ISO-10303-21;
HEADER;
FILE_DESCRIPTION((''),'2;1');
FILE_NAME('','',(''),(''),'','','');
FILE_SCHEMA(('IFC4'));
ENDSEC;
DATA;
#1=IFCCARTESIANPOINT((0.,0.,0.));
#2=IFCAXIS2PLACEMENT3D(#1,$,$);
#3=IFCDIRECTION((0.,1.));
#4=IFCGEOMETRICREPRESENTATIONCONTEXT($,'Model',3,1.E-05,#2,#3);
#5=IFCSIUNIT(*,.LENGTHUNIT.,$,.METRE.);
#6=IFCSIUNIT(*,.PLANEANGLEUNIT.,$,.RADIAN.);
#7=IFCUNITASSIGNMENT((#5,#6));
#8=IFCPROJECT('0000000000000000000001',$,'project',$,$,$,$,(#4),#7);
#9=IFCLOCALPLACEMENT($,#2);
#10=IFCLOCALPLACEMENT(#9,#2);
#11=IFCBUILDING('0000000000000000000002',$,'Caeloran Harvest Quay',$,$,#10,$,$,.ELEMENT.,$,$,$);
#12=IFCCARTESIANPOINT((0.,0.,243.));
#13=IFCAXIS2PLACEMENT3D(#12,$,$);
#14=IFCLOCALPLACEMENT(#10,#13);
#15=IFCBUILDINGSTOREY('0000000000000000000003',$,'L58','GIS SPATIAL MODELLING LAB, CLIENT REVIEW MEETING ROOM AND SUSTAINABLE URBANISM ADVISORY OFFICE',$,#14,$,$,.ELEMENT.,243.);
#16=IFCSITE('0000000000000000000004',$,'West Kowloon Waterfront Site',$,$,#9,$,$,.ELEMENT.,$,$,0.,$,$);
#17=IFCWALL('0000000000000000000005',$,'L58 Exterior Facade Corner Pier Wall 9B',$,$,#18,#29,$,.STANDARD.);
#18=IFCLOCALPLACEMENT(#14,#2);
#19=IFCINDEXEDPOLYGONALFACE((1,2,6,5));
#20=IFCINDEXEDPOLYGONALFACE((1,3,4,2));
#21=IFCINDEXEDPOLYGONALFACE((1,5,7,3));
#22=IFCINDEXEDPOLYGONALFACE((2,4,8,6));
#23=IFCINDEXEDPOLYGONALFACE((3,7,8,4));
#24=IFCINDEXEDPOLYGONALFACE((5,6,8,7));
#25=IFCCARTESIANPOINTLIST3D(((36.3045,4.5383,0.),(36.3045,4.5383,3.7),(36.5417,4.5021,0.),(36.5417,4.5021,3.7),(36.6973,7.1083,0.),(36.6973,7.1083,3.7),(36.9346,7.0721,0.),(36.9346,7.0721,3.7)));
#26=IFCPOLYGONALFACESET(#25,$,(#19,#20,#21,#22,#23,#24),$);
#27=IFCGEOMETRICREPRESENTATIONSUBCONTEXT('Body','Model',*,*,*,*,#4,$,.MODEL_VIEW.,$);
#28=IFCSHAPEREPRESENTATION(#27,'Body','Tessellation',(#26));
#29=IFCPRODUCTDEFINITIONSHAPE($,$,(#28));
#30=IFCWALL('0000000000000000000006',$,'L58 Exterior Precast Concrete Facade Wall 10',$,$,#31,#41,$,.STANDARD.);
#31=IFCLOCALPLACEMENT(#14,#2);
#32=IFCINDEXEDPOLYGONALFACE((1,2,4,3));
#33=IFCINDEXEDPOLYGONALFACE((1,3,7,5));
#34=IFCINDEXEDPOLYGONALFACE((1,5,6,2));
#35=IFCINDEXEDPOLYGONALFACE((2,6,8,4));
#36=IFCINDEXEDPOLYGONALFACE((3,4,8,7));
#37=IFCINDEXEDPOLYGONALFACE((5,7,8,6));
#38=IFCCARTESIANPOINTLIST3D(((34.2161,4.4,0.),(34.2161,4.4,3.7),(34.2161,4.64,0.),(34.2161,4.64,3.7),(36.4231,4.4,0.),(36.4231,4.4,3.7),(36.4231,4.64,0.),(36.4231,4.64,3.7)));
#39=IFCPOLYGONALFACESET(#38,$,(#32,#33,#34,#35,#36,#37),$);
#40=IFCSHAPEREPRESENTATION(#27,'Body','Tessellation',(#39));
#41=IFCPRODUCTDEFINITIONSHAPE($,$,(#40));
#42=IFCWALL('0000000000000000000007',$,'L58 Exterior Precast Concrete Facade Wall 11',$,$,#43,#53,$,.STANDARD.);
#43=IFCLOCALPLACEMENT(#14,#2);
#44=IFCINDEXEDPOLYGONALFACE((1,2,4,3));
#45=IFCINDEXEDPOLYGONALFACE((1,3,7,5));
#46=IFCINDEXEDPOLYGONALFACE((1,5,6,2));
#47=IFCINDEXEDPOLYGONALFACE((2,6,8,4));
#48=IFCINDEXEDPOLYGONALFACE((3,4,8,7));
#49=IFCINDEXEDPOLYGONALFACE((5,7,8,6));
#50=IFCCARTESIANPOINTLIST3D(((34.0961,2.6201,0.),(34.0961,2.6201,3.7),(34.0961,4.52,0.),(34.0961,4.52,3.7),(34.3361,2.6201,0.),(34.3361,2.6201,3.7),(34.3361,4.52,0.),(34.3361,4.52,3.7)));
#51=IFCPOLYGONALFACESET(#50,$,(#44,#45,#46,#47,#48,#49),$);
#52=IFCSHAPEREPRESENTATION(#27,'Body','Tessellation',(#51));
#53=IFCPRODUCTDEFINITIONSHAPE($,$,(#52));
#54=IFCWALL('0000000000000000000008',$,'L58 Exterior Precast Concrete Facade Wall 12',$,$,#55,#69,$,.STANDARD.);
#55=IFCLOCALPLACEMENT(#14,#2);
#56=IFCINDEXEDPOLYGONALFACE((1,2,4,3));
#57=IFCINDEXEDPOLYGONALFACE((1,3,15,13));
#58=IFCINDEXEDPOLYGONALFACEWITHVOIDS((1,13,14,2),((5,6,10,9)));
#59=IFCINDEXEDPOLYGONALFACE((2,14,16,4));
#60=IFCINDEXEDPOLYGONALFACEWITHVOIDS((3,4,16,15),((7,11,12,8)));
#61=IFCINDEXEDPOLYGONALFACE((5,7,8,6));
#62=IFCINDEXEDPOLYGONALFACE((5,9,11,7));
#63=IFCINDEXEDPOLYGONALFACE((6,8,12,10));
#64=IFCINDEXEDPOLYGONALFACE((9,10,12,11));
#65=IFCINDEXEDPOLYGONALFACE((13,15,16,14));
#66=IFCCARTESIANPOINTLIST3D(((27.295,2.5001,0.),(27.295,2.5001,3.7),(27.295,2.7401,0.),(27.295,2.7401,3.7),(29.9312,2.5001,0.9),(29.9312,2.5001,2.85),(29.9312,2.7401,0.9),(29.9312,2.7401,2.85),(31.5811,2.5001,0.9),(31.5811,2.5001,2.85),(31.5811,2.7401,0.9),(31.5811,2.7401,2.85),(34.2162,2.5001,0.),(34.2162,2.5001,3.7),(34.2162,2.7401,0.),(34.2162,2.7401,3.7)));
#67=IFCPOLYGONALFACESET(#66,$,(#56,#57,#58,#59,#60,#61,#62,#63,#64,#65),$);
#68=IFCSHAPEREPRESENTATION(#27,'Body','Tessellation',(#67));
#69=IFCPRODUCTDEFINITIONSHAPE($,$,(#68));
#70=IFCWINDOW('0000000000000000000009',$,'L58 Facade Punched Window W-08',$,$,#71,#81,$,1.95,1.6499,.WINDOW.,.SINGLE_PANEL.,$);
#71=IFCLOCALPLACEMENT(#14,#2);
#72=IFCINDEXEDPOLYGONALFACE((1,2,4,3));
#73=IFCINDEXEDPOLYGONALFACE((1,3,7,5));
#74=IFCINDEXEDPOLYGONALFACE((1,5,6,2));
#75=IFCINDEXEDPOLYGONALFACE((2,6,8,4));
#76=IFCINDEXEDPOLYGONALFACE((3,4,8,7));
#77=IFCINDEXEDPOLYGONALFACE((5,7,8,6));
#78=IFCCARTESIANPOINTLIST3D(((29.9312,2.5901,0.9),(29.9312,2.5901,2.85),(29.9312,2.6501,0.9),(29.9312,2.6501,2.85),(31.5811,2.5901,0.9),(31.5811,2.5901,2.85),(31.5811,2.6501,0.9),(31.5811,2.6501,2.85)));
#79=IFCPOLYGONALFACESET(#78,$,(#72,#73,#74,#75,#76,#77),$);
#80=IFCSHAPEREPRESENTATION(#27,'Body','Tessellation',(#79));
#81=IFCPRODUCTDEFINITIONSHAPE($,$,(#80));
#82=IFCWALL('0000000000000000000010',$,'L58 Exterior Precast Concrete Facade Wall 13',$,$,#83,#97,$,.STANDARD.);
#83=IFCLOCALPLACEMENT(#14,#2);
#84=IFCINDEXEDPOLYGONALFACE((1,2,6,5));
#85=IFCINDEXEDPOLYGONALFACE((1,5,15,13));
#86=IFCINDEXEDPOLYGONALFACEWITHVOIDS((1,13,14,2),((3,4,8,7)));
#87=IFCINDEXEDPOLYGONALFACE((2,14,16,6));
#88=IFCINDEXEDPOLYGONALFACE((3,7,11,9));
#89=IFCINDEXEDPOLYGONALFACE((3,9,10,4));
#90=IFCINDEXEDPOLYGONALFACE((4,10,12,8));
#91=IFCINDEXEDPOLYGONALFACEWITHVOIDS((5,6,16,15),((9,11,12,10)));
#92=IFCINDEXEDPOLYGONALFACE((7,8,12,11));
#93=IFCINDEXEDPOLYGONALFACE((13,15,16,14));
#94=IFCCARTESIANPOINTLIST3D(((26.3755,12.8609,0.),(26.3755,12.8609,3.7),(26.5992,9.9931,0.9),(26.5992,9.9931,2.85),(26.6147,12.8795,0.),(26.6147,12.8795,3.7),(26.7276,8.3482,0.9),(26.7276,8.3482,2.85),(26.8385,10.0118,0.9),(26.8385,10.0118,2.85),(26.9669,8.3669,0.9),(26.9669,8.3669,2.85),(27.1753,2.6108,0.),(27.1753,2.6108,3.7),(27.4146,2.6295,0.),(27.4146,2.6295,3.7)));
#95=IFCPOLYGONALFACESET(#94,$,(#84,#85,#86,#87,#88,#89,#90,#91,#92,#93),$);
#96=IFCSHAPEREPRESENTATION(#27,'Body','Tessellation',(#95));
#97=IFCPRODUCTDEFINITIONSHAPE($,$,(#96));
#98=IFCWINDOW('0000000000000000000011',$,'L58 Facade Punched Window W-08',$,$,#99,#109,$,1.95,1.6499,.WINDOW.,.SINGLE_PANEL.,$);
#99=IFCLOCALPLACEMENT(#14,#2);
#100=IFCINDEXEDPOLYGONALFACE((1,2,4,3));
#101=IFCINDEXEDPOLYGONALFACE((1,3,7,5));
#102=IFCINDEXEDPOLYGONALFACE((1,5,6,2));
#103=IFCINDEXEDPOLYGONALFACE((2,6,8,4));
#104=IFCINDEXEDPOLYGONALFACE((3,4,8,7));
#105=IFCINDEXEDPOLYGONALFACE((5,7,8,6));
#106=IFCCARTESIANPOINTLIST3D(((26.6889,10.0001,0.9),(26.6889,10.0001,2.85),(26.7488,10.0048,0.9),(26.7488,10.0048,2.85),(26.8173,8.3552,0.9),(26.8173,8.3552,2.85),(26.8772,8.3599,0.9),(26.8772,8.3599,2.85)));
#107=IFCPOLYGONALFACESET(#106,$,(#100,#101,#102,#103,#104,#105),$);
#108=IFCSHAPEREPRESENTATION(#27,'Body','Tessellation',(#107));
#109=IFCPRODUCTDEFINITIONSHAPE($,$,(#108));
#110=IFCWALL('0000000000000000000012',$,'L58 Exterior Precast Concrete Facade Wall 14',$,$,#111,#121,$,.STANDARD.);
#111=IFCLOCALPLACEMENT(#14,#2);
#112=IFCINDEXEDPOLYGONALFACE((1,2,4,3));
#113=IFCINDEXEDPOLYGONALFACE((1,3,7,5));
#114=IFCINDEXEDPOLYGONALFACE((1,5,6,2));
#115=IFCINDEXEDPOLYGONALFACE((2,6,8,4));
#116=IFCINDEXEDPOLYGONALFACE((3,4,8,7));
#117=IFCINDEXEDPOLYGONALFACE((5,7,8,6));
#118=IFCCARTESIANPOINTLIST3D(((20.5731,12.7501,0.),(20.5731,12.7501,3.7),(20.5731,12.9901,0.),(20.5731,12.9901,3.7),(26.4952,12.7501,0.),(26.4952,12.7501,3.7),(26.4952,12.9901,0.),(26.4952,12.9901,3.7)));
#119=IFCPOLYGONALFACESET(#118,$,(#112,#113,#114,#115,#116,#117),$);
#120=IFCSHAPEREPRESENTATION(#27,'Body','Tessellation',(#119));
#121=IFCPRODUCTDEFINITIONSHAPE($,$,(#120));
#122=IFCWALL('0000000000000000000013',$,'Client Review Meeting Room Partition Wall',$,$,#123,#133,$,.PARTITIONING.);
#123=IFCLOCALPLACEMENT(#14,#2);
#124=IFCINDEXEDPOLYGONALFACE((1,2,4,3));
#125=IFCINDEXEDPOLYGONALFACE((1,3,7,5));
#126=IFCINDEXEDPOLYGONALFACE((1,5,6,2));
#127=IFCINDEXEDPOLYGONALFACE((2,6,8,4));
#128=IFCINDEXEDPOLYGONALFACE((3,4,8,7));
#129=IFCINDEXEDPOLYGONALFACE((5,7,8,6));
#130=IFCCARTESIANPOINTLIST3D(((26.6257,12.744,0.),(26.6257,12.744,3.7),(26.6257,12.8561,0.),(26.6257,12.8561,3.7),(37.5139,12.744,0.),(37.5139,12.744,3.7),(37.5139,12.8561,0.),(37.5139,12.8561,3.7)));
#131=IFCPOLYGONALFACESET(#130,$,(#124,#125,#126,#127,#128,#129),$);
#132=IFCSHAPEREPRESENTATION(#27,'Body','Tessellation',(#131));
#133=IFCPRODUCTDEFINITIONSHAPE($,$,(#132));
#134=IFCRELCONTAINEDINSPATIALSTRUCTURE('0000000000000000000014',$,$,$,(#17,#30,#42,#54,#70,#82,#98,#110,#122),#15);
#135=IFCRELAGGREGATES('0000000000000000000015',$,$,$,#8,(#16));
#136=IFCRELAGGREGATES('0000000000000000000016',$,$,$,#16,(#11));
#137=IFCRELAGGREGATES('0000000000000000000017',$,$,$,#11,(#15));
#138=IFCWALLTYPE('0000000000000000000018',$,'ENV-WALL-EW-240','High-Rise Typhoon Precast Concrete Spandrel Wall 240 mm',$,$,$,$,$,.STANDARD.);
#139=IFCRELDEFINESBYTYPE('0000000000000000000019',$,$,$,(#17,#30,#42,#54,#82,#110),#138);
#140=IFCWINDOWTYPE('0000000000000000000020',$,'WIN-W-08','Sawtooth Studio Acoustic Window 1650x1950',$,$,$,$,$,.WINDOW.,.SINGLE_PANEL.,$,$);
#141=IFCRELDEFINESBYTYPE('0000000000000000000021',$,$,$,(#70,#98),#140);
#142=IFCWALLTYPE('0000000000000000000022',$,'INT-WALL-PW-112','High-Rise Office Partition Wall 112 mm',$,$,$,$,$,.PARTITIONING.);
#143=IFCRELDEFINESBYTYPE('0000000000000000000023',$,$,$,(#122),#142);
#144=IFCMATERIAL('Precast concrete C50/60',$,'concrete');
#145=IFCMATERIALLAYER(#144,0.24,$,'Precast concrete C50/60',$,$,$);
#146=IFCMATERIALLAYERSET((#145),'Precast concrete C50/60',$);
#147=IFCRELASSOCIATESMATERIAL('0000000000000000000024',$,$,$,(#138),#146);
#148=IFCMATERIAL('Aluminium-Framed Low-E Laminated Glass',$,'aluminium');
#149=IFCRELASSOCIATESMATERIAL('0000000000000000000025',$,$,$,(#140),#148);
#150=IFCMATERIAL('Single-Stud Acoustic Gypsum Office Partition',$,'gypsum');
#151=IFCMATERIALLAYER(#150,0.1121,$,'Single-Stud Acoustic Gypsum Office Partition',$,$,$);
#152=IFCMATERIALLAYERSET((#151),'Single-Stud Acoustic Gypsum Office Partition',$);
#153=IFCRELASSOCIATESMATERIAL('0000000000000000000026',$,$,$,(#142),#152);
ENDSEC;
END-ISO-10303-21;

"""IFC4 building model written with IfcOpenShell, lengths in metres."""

from ifc_helpers import new_model, si_unit, direction, frame, frame_2d, origin, place, context, subcontext, project, spatial, rectangle, extrude, material, layer, layer_set, type_object, element, fill, save


model = new_model("IFC4")

# Units and contexts
model_context = context("Model", 3, precision=1e-05, world=origin(), true_north=direction((0.0, 1.0)))
body_context = subcontext(model_context, "Body", "Model", "MODEL_VIEW")
ifc_project = project(units=[si_unit("LENGTHUNIT", "METRE"), si_unit("PLANEANGLEUNIT", "RADIAN")], contexts=[model_context])

# Site, building, storey
site_placement = place(None, origin())
site = spatial("IfcSite", under=ifc_project, at=site_placement, Name="West Kowloon Waterfront Site", CompositionType="ELEMENT", RefElevation=0.0)
building_placement = place(site_placement, origin())
building = spatial("IfcBuilding", under=site, at=building_placement, Name="Caeloran Harvest Quay", CompositionType="ELEMENT")
storey_placement = place(building_placement, frame((0.0, 0.0, 243.0)))
storey = spatial("IfcBuildingStorey", under=building, at=storey_placement, Name="L58", Description="GIS SPATIAL MODELLING LAB, CLIENT REVIEW MEETING ROOM AND SUSTAINABLE URBANISM ADVISORY OFFICE", CompositionType="ELEMENT", Elevation=243.0)

# Walls
ifc_material_1 = material(Name="Precast concrete C50/60", Category="concrete")
ifc_layer_1 = layer(ifc_material_1, 0.24, Name="Precast concrete C50/60")
ifc_layer_set_1 = layer_set([ifc_layer_1], Name="Precast concrete C50/60")
wall_type_1 = type_object("IfcWallType", Name="ENV-WALL-EW-240", Description="High-Rise Typhoon Precast Concrete Spandrel Wall 240 mm", PredefinedType="STANDARD", material=ifc_layer_set_1)
wall_1_placement = place(storey_placement, frame((36.8159, 7.0901, 0.0), z_axis=(0.0, 0.0, 1.0), x_axis=(-0.15109, -0.98852, 0.0)))
element("IfcWall", 1, at=wall_1_placement, inside=storey, type_object=wall_type_1, Name="L58 Exterior Facade Corner Pier Wall 9B", PredefinedType="STANDARD", context=body_context, shape_type="SweptSolid", body=[
    extrude(rectangle(XDim=2.5999, YDim=0.24, at=frame_2d((1.2998, 0.0))), origin(), (0.0, 0.0, 1.0), 3.7),
])
wall_2_placement = place(storey_placement, frame((36.4231, 4.52, 0.0), z_axis=(0.0, 0.0, 1.0), x_axis=(-1.0, 0.0, 0.0)))
element("IfcWall", 2, at=wall_2_placement, inside=storey, type_object=wall_type_1, Name="L58 Exterior Precast Concrete Facade Wall 10", PredefinedType="STANDARD", context=body_context, shape_type="SweptSolid", body=[
    extrude(rectangle(XDim=2.207, YDim=0.24, at=frame_2d((1.1035, 0.0))), origin(), (0.0, 0.0, 1.0), 3.7),
])
wall_3_placement = place(storey_placement, frame((34.2161, 4.52, 0.0), z_axis=(0.0, 0.0, 1.0), x_axis=(0.0, -1.0, 0.0)))
element("IfcWall", 3, at=wall_3_placement, inside=storey, type_object=wall_type_1, Name="L58 Exterior Precast Concrete Facade Wall 11", PredefinedType="STANDARD", context=body_context, shape_type="SweptSolid", body=[
    extrude(rectangle(XDim=1.8999, YDim=0.24, at=frame_2d((0.95, 0.0))), origin(), (0.0, 0.0, 1.0), 3.7),
])

# Walls, openings, windows
wall_4_placement = place(storey_placement, frame((34.2161, 2.6201, 0.0), z_axis=(0.0, 0.0, 1.0), x_axis=(-1.0, 0.0, 0.0)))
wall_4 = element("IfcWall", 4, at=wall_4_placement, inside=storey, type_object=wall_type_1, Name="L58 Exterior Precast Concrete Facade Wall 12", PredefinedType="STANDARD", context=body_context, shape_type="SweptSolid", body=[
    extrude(rectangle(XDim=6.9211, YDim=0.24, at=frame_2d((3.4604, 0.0))), origin(), (0.0, 0.0, 1.0), 3.7),
])
opening_1_placement = place(wall_4_placement, frame((2.635, 0.0, 0.8999)))
opening_1 = element("IfcOpeningElement", 5, at=opening_1_placement, cuts=wall_4, PredefinedType="OPENING", context=body_context, shape_type="SweptSolid", body=[
    extrude(rectangle(XDim=1.6499, YDim=1.95, at=frame_2d((0.825, 0.9751))), frame((0.0, 0.1299, 0.0), z_axis=(0.0, -1.0, 0.0), x_axis=(1.0, 0.0, 0.0)), (0.0, 0.0, 1.0), 0.26),
])
ifc_material_2 = material(Name="Aluminium-Framed Low-E Laminated Glass", Category="aluminium")
window_type = type_object("IfcWindowType", Name="WIN-W-08", Description="Sawtooth Studio Acoustic Window 1650x1950", PartitioningType="SINGLE_PANEL", PredefinedType="WINDOW", material=ifc_material_2)
window_1_placement = place(opening_1_placement, origin())
window_1 = element("IfcWindow", 6, at=window_1_placement, inside=storey, type_object=window_type, Name="L58 Facade Punched Window W-08", OverallHeight=1.95, OverallWidth=1.6499, PartitioningType="SINGLE_PANEL", PredefinedType="WINDOW", context=body_context, shape_type="SweptSolid", body=[
    extrude(rectangle(XDim=1.6499, YDim=1.95, at=frame_2d((0.825, 0.9751))), frame((0.0, 0.03, 0.0), z_axis=(0.0, -1.0, 0.0), x_axis=(1.0, 0.0, 0.0)), (0.0, 0.0, 1.0), 0.0601),
])
fill(opening_1, window_1)
wall_5_placement = place(storey_placement, frame((27.2949, 2.6201, 0.0), z_axis=(0.0, 0.0, 1.0), x_axis=(-0.077793, 0.99697, 0.0)))
wall_5 = element("IfcWall", 7, at=wall_5_placement, inside=storey, type_object=wall_type_1, Name="L58 Exterior Precast Concrete Facade Wall 13", PredefinedType="STANDARD", context=body_context, shape_type="SweptSolid", body=[
    extrude(rectangle(XDim=10.2812, YDim=0.24, at=frame_2d((5.1406, 0.0))), origin(), (0.0, 0.0, 1.0), 3.7),
])
opening_2_placement = place(wall_5_placement, frame((5.7549, 0.0, 0.8999)))
opening_2 = element("IfcOpeningElement", 8, at=opening_2_placement, cuts=wall_5, PredefinedType="OPENING", context=body_context, shape_type="SweptSolid", body=[
    extrude(rectangle(XDim=1.6499, YDim=1.95, at=frame_2d((0.825, 0.9751))), frame((0.0, 0.1299, 0.0), z_axis=(0.0, -1.0, 0.0), x_axis=(1.0, 0.0, 0.0)), (0.0, 0.0, 1.0), 0.26),
])
window_2_placement = place(opening_2_placement, origin())
window_2 = element("IfcWindow", 9, at=window_2_placement, inside=storey, type_object=window_type, Name="L58 Facade Punched Window W-08", OverallHeight=1.95, OverallWidth=1.6499, PartitioningType="SINGLE_PANEL", PredefinedType="WINDOW", context=body_context, shape_type="SweptSolid", body=[
    extrude(rectangle(XDim=1.6499, YDim=1.95, at=frame_2d((0.825, 0.9751))), frame((0.0, 0.03, 0.0), z_axis=(0.0, -1.0, 0.0), x_axis=(1.0, 0.0, 0.0)), (0.0, 0.0, 1.0), 0.0601),
])
fill(opening_2, window_2)

# Walls
wall_6_placement = place(storey_placement, frame((26.4951, 12.8701, 0.0), z_axis=(0.0, 0.0, 1.0), x_axis=(-1.0, 0.0, 0.0)))
element("IfcWall", 10, at=wall_6_placement, inside=storey, type_object=wall_type_1, Name="L58 Exterior Precast Concrete Facade Wall 14", PredefinedType="STANDARD", context=body_context, shape_type="SweptSolid", body=[
    extrude(rectangle(XDim=5.9221, YDim=0.24, at=frame_2d((2.9609, 0.0))), origin(), (0.0, 0.0, 1.0), 3.7),
])
ifc_material_3 = material(Name="Single-Stud Acoustic Gypsum Office Partition", Category="gypsum")
ifc_layer_2 = layer(ifc_material_3, 0.1121, Name="Single-Stud Acoustic Gypsum Office Partition")
ifc_layer_set_2 = layer_set([ifc_layer_2], Name="Single-Stud Acoustic Gypsum Office Partition")
wall_type_2 = type_object("IfcWallType", Name="INT-WALL-PW-112", Description="High-Rise Office Partition Wall 112 mm", PredefinedType="PARTITIONING", material=ifc_layer_set_2)
wall_7_placement = place(storey_placement, frame((37.5139, 12.8, 0.0), z_axis=(0.0, 0.0, 1.0), x_axis=(-1.0, 0.0, 0.0)))
element("IfcWall", 11, at=wall_7_placement, inside=storey, type_object=wall_type_2, Name="Client Review Meeting Room Partition Wall", PredefinedType="PARTITIONING", context=body_context, shape_type="SweptSolid", body=[
    extrude(rectangle(XDim=10.8882, YDim=0.1121, at=frame_2d((5.4441, 0.0))), origin(), (0.0, 0.0, 1.0), 3.7),
])

save(model, "model.ifc")
